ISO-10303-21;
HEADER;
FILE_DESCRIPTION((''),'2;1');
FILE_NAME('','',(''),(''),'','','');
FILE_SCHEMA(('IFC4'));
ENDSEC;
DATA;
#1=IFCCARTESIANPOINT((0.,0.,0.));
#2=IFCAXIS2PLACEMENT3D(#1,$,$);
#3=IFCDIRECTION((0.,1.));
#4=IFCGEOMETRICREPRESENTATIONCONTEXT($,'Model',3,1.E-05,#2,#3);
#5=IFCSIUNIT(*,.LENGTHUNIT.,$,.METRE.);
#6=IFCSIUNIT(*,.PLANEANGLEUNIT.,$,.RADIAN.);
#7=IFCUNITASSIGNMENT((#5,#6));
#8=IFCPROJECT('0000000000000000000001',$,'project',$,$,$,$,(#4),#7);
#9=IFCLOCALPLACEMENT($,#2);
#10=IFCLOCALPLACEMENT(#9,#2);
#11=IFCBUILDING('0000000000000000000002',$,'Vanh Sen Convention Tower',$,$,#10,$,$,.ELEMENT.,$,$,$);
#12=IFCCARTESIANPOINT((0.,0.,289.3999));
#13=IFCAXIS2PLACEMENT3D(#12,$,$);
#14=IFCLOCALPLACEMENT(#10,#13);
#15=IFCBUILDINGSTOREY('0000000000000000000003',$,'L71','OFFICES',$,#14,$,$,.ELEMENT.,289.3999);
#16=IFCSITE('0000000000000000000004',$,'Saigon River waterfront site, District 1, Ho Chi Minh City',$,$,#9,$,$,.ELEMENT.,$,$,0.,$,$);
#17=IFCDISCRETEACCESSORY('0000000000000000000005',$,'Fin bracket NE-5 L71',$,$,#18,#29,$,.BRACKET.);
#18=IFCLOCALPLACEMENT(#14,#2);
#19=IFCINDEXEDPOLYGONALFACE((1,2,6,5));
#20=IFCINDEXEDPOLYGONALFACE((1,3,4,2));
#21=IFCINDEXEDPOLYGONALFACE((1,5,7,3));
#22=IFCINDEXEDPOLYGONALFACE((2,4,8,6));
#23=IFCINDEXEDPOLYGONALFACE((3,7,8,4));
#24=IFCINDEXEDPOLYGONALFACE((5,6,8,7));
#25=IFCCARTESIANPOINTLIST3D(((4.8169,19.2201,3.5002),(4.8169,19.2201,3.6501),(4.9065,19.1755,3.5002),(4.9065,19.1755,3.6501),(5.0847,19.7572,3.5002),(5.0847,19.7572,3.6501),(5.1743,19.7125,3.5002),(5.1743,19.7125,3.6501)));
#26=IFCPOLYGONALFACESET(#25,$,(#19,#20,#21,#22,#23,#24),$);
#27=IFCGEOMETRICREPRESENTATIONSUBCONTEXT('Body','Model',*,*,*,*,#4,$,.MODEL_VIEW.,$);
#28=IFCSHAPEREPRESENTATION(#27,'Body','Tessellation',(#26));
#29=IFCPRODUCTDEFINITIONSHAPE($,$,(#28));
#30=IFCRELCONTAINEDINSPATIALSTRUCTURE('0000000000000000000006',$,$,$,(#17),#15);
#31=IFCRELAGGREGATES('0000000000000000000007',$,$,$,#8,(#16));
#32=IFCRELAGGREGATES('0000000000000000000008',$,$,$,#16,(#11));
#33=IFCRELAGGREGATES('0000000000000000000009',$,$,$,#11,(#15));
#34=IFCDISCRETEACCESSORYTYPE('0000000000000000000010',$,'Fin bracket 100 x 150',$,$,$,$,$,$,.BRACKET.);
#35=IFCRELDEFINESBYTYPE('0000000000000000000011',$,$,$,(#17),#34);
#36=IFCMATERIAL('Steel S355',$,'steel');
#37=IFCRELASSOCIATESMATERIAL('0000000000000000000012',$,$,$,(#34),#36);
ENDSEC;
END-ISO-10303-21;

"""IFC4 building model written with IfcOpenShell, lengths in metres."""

from ifc_helpers import new_model, si_unit, direction, frame, origin, origin_2d, place, context, subcontext, project, spatial, rectangle, extrude, material, type_object, element, save


model = new_model("IFC4")

# Units and contexts
model_context = context("Model", 3, precision=1e-05, world=origin(), true_north=direction((0.0, 1.0)))
body_context = subcontext(model_context, "Body", "Model", "MODEL_VIEW")
ifc_project = project(units=[si_unit("LENGTHUNIT", "METRE"), si_unit("PLANEANGLEUNIT", "RADIAN")], contexts=[model_context])

# Site, building, storey
site_placement = place(None, origin())
site = spatial("IfcSite", under=ifc_project, at=site_placement, Name="Saigon River waterfront site, District 1, Ho Chi Minh City", CompositionType="ELEMENT", RefElevation=0.0)
building_placement = place(site_placement, origin())
building = spatial("IfcBuilding", under=site, at=building_placement, Name="Vanh Sen Convention Tower", CompositionType="ELEMENT")
storey_placement = place(building_placement, frame((0.0, 0.0, 289.3999)))
storey = spatial("IfcBuildingStorey", under=building, at=storey_placement, Name="L71", Description="OFFICES", CompositionType="ELEMENT", Elevation=289.3999)

# Discrete accessory
ifc_material_1 = material(Name="Steel S355", Category="steel")
discrete_accessory_type = type_object("IfcDiscreteAccessoryType", Name="Fin bracket 100 x 150", PredefinedType="BRACKET", material=ifc_material_1)
discrete_accessory_placement = place(storey_placement, frame((4.9956, 19.4663, 3.5002), z_axis=(0.0, 0.0, 1.0), x_axis=(0.446198, 0.894934, 0.0)))
element("IfcDiscreteAccessory", 1, at=discrete_accessory_placement, inside=storey, type_object=discrete_accessory_type, Name="Fin bracket NE-5 L71", PredefinedType="BRACKET", context=body_context, shape_type="SweptSolid", body=[
    extrude(rectangle(XDim=0.6001, YDim=0.1001, at=origin_2d()), origin(), (0.0, 0.0, 1.0), 0.1499),
])

save(model, "model.ifc")
